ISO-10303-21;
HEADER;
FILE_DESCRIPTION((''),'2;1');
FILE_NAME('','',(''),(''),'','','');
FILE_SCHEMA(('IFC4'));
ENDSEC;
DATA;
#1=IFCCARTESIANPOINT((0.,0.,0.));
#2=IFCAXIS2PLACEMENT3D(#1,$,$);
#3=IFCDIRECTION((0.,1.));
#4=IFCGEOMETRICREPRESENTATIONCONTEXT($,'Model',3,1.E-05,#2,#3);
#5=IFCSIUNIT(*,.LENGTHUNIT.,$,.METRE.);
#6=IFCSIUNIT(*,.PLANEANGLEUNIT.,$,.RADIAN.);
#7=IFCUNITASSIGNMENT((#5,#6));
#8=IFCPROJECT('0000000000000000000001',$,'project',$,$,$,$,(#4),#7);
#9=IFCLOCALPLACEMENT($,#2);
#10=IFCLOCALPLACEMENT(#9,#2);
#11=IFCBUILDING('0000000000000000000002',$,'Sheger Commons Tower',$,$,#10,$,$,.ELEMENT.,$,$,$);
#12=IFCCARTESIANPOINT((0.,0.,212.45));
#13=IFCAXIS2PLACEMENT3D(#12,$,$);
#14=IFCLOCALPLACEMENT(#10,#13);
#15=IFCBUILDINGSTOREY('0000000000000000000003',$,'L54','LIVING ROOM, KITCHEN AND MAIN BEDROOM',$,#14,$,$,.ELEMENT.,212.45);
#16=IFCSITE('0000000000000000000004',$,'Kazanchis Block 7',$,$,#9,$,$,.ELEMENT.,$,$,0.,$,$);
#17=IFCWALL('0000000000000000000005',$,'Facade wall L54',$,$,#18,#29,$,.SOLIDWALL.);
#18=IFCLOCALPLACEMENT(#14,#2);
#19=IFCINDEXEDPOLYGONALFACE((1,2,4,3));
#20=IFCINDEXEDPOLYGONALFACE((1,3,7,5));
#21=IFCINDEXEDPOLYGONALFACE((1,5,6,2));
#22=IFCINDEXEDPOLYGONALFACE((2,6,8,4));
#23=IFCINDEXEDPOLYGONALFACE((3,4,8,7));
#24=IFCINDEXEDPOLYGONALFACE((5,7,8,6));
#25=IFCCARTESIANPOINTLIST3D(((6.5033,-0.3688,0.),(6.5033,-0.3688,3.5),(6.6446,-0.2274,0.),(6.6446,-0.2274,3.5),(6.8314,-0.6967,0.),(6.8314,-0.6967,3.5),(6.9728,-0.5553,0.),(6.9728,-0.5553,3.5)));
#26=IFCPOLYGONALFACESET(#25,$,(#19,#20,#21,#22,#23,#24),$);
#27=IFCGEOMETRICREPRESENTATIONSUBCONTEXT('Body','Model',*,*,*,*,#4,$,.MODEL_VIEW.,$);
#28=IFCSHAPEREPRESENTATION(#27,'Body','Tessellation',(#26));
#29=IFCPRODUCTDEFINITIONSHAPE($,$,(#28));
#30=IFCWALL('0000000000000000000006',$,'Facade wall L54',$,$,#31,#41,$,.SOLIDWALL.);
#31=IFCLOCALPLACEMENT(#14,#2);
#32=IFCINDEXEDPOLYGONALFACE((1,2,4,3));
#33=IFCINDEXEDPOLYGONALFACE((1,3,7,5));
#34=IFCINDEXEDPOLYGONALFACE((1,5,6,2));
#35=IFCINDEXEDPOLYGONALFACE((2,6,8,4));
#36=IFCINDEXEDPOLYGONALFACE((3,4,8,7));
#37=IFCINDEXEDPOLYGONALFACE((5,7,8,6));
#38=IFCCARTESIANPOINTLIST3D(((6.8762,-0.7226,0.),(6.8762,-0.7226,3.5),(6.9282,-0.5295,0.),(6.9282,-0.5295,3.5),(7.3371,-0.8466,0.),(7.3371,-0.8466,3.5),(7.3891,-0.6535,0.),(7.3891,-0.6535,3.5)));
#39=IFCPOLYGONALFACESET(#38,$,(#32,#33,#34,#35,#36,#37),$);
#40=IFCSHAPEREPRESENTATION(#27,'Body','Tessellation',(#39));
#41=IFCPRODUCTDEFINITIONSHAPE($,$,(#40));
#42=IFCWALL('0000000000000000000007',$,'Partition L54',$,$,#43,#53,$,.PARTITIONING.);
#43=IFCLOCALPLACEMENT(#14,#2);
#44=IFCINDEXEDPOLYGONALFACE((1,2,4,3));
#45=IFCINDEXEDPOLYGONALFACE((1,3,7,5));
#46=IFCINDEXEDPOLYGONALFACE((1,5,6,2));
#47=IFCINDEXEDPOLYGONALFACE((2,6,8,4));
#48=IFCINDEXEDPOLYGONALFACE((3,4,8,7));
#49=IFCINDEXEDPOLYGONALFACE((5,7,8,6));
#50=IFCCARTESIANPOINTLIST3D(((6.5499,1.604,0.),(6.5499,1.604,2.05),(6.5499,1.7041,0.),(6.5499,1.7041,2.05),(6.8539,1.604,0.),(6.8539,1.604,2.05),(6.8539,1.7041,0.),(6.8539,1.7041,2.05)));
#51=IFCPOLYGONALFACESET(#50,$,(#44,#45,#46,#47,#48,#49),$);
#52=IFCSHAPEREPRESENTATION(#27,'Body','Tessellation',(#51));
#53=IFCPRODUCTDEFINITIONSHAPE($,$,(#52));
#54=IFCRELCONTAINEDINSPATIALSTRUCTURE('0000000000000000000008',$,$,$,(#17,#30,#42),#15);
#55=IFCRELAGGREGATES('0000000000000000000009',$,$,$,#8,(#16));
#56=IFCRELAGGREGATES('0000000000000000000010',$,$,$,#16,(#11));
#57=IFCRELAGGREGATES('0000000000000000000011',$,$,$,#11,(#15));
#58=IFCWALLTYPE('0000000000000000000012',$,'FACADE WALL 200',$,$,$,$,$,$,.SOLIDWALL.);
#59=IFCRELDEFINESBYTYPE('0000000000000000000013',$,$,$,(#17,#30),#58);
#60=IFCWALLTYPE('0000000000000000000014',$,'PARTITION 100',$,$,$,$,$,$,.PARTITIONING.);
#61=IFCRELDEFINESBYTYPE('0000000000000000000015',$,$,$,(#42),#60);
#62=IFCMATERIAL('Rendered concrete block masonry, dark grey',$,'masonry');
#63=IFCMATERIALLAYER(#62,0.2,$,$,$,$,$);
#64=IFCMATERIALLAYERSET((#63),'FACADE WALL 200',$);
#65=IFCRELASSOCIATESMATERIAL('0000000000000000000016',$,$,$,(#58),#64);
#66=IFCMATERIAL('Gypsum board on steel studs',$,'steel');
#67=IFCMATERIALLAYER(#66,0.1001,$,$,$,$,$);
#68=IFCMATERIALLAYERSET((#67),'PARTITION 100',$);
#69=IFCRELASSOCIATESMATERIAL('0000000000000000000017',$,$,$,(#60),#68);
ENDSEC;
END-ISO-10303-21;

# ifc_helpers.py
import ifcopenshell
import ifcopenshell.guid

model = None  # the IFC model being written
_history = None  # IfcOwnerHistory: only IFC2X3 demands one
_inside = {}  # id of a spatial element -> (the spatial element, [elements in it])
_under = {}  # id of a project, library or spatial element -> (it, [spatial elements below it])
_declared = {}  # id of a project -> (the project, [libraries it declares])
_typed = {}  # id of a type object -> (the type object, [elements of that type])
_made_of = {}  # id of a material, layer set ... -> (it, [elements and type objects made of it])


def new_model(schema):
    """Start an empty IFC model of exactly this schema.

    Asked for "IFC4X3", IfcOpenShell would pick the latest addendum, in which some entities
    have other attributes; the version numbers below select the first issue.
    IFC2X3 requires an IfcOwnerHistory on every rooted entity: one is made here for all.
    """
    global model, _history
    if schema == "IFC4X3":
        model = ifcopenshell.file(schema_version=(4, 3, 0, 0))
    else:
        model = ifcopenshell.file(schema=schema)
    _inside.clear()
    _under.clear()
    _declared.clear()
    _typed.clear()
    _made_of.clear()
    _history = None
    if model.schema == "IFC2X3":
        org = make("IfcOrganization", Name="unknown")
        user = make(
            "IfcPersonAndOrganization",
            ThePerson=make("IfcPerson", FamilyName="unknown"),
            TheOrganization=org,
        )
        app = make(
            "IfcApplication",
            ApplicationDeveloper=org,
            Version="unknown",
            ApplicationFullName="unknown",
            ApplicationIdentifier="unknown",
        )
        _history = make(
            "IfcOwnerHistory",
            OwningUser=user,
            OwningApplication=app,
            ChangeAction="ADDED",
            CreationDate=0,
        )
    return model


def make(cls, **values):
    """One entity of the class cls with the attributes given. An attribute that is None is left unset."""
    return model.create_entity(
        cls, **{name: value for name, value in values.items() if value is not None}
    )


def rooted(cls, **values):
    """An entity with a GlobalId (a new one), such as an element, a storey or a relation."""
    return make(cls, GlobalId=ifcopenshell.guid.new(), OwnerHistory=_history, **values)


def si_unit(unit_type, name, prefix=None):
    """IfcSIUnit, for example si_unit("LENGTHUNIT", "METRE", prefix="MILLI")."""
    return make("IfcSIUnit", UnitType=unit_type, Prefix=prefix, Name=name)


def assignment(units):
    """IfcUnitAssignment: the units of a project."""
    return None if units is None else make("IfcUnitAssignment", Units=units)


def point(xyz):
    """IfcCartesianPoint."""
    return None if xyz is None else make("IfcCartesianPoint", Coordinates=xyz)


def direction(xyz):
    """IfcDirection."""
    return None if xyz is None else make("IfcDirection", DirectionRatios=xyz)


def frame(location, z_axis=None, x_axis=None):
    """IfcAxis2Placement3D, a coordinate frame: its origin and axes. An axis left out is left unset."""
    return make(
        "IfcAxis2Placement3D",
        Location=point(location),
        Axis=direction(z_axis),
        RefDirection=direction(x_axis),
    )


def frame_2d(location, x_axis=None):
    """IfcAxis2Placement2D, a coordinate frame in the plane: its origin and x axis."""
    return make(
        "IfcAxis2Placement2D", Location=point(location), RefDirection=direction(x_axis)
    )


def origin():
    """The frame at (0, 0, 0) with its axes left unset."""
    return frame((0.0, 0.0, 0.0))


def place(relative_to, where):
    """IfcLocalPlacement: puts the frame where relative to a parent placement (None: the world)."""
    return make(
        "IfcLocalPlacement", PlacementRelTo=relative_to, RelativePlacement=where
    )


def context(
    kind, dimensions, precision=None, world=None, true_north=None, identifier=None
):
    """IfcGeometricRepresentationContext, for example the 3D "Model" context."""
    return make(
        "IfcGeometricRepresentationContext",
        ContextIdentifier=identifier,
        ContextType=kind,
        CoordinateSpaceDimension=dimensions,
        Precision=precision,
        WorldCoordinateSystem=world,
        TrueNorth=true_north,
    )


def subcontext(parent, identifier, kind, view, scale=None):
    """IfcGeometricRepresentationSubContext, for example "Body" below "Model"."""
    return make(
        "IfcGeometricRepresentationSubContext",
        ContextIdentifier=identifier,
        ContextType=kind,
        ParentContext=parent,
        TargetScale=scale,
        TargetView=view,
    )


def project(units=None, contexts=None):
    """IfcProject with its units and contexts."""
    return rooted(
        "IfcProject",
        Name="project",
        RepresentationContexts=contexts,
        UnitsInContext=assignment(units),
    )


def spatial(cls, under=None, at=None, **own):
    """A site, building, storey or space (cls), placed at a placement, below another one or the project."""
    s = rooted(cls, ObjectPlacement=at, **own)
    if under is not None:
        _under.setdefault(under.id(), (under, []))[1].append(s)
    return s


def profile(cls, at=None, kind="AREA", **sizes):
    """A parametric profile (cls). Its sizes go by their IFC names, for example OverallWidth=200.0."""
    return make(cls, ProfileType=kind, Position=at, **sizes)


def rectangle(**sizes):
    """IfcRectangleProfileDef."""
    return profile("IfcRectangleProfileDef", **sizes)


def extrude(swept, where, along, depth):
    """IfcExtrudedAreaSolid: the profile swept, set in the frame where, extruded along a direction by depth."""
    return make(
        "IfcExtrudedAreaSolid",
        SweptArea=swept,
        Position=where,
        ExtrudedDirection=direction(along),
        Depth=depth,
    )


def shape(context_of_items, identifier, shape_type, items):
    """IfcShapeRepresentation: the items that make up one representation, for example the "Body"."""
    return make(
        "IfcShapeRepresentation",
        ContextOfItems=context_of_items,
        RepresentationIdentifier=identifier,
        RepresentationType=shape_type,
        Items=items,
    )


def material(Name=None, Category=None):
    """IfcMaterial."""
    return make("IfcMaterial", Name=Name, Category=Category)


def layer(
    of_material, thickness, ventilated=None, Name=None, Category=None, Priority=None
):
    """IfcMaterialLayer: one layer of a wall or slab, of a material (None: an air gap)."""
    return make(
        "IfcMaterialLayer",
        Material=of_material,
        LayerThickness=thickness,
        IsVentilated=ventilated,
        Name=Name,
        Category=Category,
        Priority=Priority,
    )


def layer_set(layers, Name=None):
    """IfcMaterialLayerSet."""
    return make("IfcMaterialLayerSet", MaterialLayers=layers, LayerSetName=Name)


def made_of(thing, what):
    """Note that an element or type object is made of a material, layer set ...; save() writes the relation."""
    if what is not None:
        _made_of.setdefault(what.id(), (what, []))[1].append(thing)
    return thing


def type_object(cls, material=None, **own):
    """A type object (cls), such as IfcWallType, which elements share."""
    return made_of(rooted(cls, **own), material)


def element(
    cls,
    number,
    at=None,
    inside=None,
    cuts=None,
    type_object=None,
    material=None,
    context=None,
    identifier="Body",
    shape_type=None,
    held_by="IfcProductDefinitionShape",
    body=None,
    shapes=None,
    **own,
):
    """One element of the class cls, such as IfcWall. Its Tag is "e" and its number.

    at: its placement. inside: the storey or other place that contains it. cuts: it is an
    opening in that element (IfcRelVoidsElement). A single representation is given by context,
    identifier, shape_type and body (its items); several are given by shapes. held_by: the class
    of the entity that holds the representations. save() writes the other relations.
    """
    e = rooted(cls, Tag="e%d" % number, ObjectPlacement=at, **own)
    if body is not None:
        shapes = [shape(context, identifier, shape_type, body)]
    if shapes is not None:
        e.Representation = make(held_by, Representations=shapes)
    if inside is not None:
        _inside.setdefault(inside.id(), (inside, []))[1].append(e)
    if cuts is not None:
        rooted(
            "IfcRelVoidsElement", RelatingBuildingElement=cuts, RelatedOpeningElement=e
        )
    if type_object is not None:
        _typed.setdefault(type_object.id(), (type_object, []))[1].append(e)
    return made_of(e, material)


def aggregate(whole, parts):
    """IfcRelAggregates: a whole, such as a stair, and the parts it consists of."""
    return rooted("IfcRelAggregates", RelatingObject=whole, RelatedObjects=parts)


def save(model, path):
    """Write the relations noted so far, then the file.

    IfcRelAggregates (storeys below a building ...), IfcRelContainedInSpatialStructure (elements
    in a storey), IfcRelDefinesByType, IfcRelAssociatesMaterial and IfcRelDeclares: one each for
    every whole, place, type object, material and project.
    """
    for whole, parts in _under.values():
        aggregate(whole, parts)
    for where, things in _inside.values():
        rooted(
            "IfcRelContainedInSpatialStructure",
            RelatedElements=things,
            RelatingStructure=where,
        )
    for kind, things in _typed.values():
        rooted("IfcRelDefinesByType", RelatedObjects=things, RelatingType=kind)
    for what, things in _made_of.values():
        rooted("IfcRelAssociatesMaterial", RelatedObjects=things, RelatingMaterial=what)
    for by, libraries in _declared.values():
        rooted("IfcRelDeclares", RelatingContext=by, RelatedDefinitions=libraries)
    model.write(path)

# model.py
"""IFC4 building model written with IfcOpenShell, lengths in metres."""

from ifc_helpers import new_model, si_unit, direction, frame, frame_2d, origin, place, context, subcontext, project, spatial, rectangle, extrude, material, layer, layer_set, type_object, element, save


model = new_model("IFC4")

# Units and contexts
model_context = context("Model", 3, precision=1e-05, world=origin(), true_north=direction((0.0, 1.0)))
body_context = subcontext(model_context, "Body", "Model", "MODEL_VIEW")
ifc_project = project(units=[si_unit("LENGTHUNIT", "METRE"), si_unit("PLANEANGLEUNIT", "RADIAN")], contexts=[model_context])

# Site, building, storey
site_placement = place(None, origin())
site = spatial("IfcSite", under=ifc_project, at=site_placement, Name="Kazanchis Block 7", CompositionType="ELEMENT", RefElevation=0.0)
building_placement = place(site_placement, origin())
building = spatial("IfcBuilding", under=site, at=building_placement, Name="Sheger Commons Tower", CompositionType="ELEMENT")
storey_placement = place(building_placement, frame((0.0, 0.0, 212.45)))
storey = spatial("IfcBuildingStorey", under=building, at=storey_placement, Name="L54", Description="LIVING ROOM, KITCHEN AND MAIN BEDROOM", CompositionType="ELEMENT", Elevation=212.45)

# Shared definitions
ifc_material_1 = material(Name="Rendered concrete block masonry, dark grey", Category="masonry")
ifc_layer_1 = layer(ifc_material_1, 0.2)
ifc_layer_set_1 = layer_set([ifc_layer_1], Name="FACADE WALL 200")
wall_type_1 = type_object("IfcWallType", Name="FACADE WALL 200", PredefinedType="SOLIDWALL", material=ifc_layer_set_1)

# Walls
wall_1_placement = place(storey_placement, frame((6.574, -0.2981, 0.0), z_axis=(0.0, 0.0, 1.0), x_axis=(0.70737, -0.706844, 0.0)))
element("IfcWall", 1, at=wall_1_placement, inside=storey, type_object=wall_type_1, Name="Facade wall L54", PredefinedType="SOLIDWALL", context=body_context, shape_type="SweptSolid", body=[
    extrude(rectangle(XDim=0.4639, YDim=0.2, at=frame_2d((0.2319, 0.0))), origin(), (0.0, 0.0, 1.0), 3.5),
])
wall_2_placement = place(storey_placement, frame((6.9021, -0.626, 0.0), z_axis=(0.0, 0.0, 1.0), x_axis=(0.965655, -0.259827, 0.0)))
element("IfcWall", 2, at=wall_2_placement, inside=storey, type_object=wall_type_1, Name="Facade wall L54", PredefinedType="SOLIDWALL", context=body_context, shape_type="SweptSolid", body=[
    extrude(rectangle(XDim=0.4773, YDim=0.2, at=frame_2d((0.2388, 0.0))), origin(), (0.0, 0.0, 1.0), 3.5),
])
ifc_material_2 = material(Name="Gypsum board on steel studs", Category="steel")
ifc_layer_2 = layer(ifc_material_2, 0.1001)
ifc_layer_set_2 = layer_set([ifc_layer_2], Name="PARTITION 100")
wall_type_2 = type_object("IfcWallType", Name="PARTITION 100", PredefinedType="PARTITIONING", material=ifc_layer_set_2)
wall_3_placement = place(storey_placement, frame((6.55, 1.6541, 0.0), z_axis=(0.0, 0.0, 1.0), x_axis=(1.0, 0.0, 0.0)))
element("IfcWall", 3, at=wall_3_placement, inside=storey, type_object=wall_type_2, Name="Partition L54", PredefinedType="PARTITIONING", context=body_context, shape_type="SweptSolid", body=[
    extrude(rectangle(XDim=0.304, YDim=0.1001, at=frame_2d((0.1519, 0.0))), origin(), (0.0, 0.0, 1.0), 2.05),
])

save(model, "model.ifc")
